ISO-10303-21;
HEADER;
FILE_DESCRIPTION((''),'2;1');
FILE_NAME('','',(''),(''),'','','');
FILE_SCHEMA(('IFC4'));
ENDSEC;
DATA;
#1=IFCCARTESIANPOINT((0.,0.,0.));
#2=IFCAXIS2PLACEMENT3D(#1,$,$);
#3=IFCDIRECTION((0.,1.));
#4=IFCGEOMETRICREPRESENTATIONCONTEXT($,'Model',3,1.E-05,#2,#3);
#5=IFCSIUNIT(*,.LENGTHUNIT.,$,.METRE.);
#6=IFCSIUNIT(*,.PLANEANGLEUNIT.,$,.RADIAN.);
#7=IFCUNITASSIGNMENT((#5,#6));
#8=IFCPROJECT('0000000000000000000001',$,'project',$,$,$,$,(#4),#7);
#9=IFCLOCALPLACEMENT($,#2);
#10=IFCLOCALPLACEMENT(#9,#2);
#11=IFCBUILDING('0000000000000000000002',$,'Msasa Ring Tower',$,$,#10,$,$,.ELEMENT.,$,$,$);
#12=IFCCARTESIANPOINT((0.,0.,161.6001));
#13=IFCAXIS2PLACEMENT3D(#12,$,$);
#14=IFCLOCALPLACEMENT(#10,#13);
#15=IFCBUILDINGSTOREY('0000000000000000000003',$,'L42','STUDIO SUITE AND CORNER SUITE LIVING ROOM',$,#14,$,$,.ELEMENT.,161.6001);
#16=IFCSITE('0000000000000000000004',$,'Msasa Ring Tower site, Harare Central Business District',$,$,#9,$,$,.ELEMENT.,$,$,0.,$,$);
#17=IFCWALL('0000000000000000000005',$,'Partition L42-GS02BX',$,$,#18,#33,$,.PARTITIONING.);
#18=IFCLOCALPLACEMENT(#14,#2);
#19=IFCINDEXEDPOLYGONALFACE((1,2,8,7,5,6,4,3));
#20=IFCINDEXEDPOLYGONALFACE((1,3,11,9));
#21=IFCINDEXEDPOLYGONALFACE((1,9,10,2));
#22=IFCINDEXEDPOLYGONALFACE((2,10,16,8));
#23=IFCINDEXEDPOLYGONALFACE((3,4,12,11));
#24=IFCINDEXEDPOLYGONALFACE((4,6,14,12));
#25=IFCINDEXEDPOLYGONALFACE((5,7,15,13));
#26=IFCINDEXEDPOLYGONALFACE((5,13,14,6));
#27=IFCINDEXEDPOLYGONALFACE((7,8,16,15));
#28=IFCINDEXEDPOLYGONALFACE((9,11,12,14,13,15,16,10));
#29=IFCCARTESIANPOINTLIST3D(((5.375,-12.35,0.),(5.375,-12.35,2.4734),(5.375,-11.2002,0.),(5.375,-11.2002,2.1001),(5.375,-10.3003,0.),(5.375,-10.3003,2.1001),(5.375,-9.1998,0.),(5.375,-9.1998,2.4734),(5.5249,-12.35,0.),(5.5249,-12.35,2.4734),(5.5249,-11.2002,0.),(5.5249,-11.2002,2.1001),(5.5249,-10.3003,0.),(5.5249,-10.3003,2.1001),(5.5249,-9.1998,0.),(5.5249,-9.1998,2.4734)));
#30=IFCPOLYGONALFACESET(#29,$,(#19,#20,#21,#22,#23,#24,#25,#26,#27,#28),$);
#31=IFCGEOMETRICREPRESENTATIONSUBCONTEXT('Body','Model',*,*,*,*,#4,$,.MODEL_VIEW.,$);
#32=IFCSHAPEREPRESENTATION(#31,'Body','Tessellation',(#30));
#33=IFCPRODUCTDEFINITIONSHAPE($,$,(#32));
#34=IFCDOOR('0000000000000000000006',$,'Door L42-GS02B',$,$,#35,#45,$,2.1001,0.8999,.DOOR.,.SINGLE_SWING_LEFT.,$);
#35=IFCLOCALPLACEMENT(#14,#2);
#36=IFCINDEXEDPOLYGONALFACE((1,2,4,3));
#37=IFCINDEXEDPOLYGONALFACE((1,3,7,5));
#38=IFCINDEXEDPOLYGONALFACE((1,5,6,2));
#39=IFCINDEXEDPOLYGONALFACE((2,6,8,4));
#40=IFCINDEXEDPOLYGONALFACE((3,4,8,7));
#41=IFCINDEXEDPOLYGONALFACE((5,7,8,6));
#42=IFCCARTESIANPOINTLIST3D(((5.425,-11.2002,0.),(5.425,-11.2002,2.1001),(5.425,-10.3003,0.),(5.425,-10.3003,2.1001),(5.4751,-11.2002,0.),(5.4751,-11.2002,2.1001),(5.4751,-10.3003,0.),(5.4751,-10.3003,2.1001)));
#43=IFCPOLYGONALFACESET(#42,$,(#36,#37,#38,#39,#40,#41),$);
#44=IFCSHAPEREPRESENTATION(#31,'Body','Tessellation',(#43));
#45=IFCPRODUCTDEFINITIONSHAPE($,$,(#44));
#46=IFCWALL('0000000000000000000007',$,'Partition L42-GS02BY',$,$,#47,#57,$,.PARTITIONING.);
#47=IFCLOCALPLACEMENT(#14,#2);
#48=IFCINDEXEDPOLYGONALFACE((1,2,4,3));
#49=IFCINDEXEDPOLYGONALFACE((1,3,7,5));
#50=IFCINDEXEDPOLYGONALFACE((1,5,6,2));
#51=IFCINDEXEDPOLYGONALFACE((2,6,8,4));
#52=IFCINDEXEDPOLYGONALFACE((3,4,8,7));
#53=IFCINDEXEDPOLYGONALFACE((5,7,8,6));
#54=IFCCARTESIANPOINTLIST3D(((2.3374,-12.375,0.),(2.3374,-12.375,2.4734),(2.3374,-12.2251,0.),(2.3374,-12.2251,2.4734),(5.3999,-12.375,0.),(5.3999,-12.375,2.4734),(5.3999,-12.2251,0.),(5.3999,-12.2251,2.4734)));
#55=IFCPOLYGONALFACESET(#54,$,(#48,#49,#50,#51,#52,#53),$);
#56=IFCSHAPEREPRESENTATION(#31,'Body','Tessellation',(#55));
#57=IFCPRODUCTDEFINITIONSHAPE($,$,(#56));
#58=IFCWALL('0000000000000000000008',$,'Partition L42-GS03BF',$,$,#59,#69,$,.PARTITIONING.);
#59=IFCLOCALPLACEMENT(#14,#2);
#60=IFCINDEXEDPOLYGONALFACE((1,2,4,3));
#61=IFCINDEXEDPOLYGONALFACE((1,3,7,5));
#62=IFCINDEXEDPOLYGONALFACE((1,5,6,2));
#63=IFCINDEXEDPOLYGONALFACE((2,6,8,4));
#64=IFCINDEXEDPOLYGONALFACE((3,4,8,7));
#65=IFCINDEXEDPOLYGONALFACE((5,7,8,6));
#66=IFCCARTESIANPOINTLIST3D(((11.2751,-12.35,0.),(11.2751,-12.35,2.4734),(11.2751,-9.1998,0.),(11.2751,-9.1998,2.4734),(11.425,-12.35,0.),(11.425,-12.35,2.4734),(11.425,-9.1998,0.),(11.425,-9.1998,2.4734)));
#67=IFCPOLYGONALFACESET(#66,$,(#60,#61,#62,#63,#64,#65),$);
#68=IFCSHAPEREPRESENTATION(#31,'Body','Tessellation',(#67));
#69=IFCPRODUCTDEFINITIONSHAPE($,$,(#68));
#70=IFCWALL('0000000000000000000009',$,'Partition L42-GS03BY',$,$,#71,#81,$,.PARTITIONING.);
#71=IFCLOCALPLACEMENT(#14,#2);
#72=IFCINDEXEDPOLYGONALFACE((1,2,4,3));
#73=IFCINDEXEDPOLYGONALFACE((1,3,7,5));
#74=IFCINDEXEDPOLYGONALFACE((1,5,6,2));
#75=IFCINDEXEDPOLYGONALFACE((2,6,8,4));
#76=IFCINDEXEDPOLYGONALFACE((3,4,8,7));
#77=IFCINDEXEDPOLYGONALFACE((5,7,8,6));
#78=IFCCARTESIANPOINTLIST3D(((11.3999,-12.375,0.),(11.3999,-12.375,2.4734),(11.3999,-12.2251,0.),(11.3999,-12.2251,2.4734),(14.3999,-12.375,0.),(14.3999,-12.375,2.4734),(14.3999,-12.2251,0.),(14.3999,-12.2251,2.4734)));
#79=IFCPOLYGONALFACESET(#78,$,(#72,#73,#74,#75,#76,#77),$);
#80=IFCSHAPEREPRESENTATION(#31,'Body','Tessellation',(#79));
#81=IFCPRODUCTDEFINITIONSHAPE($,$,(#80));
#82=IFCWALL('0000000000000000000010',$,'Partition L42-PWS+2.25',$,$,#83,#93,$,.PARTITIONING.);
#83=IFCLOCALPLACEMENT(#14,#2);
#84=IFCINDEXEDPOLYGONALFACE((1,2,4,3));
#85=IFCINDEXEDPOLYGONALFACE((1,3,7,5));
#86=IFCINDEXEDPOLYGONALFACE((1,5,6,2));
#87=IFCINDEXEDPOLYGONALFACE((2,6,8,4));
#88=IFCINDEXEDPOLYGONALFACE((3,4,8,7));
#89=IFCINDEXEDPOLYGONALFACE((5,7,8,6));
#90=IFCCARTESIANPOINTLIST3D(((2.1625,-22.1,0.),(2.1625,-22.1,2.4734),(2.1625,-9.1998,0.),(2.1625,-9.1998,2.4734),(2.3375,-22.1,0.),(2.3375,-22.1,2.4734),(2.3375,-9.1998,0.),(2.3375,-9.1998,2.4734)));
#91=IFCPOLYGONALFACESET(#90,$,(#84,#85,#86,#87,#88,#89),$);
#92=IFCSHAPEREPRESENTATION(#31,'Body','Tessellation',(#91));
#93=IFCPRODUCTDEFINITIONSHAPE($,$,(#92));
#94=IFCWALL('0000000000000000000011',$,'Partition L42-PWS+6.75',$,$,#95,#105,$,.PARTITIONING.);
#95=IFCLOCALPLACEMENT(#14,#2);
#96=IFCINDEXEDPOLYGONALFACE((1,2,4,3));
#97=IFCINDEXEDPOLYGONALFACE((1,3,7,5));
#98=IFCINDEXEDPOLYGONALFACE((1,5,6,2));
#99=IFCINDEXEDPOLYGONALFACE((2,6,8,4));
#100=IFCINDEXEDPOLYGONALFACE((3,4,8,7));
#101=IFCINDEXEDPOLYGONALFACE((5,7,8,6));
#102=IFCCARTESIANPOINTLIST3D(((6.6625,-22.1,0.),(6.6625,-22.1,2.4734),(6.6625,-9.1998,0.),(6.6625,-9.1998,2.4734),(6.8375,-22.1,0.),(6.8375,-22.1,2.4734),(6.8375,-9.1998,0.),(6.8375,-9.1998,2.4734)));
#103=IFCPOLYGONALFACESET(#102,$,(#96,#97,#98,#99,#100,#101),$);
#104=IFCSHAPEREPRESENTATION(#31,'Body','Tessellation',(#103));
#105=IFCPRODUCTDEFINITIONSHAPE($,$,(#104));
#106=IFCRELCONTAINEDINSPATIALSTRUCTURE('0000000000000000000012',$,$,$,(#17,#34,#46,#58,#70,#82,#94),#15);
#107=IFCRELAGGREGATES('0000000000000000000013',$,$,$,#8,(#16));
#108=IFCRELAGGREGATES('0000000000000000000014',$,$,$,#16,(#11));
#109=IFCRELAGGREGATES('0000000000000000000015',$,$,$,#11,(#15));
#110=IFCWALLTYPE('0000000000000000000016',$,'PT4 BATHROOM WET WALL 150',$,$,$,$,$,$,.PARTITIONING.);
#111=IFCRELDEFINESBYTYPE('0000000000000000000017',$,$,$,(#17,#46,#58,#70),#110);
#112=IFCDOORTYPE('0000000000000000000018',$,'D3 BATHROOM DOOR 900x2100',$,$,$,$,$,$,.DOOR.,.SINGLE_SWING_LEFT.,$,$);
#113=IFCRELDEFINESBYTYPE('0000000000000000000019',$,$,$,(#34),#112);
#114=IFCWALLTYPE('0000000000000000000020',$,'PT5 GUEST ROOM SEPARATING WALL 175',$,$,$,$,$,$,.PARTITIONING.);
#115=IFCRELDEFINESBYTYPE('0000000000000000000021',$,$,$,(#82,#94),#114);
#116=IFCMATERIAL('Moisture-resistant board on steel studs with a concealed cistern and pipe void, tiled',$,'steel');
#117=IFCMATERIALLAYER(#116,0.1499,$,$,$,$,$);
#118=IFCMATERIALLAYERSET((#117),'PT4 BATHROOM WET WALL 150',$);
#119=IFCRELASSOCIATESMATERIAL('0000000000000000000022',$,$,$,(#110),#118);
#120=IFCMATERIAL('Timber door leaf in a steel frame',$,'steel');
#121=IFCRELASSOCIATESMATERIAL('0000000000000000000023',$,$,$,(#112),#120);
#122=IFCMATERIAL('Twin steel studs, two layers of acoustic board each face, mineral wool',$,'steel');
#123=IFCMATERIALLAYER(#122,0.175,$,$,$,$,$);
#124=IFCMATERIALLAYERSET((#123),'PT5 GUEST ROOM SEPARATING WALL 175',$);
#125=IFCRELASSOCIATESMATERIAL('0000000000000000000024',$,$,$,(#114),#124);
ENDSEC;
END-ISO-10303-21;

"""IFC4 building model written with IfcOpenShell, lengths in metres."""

from ifc_helpers import new_model, si_unit, direction, frame, frame_2d, origin, place, context, subcontext, project, spatial, rectangle, extrude, material, layer, layer_set, type_object, element, fill, save


model = new_model("IFC4")

# Units and contexts
model_context = context("Model", 3, precision=1e-05, world=origin(), true_north=direction((0.0, 1.0)))
body_context = subcontext(model_context, "Body", "Model", "MODEL_VIEW")
ifc_project = project(units=[si_unit("LENGTHUNIT", "METRE"), si_unit("PLANEANGLEUNIT", "RADIAN")], contexts=[model_context])

# Site, building, storey
site_placement = place(None, origin())
site = spatial("IfcSite", under=ifc_project, at=site_placement, Name="Msasa Ring Tower site, Harare Central Business District", CompositionType="ELEMENT", RefElevation=0.0)
building_placement = place(site_placement, origin())
building = spatial("IfcBuilding", under=site, at=building_placement, Name="Msasa Ring Tower", CompositionType="ELEMENT")
storey_placement = place(building_placement, frame((0.0, 0.0, 161.6001)))
storey = spatial("IfcBuildingStorey", under=building, at=storey_placement, Name="L42", Description="STUDIO SUITE AND CORNER SUITE LIVING ROOM", CompositionType="ELEMENT", Elevation=161.6001)

# Wall, opening, door
ifc_material_1 = material(Name="Moisture-resistant board on steel studs with a concealed cistern and pipe void, tiled", Category="steel")
ifc_layer_1 = layer(ifc_material_1, 0.1499)
ifc_layer_set_1 = layer_set([ifc_layer_1], Name="PT4 BATHROOM WET WALL 150")
wall_type_1 = type_object("IfcWallType", Name="PT4 BATHROOM WET WALL 150", PredefinedType="PARTITIONING", material=ifc_layer_set_1)
ifc_material_2 = material(Name="Timber door leaf in a steel frame", Category="steel")
door_type = type_object("IfcDoorType", Name="D3 BATHROOM DOOR 900x2100", OperationType="SINGLE_SWING_LEFT", PredefinedType="DOOR", material=ifc_material_2)
wall_1_placement = place(storey_placement, frame((5.45, -12.3501, 0.0), z_axis=(0.0, 0.0, 1.0), x_axis=(0.0, 1.0, 0.0)))
wall_1 = element("IfcWall", 1, at=wall_1_placement, inside=storey, type_object=wall_type_1, Name="Partition L42-GS02BX", PredefinedType="PARTITIONING", context=body_context, shape_type="SweptSolid", body=[
    extrude(rectangle(XDim=3.1501, YDim=0.1499, at=frame_2d((1.5752, 0.0))), origin(), (0.0, 0.0, 1.0), 2.4734),
])
opening_1_placement = place(wall_1_placement, frame((1.1499, 0.0, 0.0)))
opening_1 = element("IfcOpeningElement", 2, at=opening_1_placement, cuts=wall_1, PredefinedType="OPENING", context=body_context, shape_type="SweptSolid", body=[
    extrude(rectangle(XDim=0.8999, YDim=2.1001, at=frame_2d((0.45, 1.05))), frame((0.0, 0.085, 0.0), z_axis=(0.0, -1.0, 0.0), x_axis=(1.0, 0.0, 0.0)), (0.0, 0.0, 1.0), 0.1699),
])
door_1_placement = place(opening_1_placement, origin())
door_1 = element("IfcDoor", 3, at=door_1_placement, inside=storey, type_object=door_type, Name="Door L42-GS02B", OperationType="SINGLE_SWING_LEFT", OverallHeight=2.1001, OverallWidth=0.8999, PredefinedType="DOOR", context=body_context, shape_type="SweptSolid", body=[
    extrude(rectangle(XDim=0.8999, YDim=2.1001, at=frame_2d((0.45, 1.05))), frame((0.0, 0.0249, 0.0), z_axis=(0.0, -1.0, 0.0), x_axis=(1.0, 0.0, 0.0)), (0.0, 0.0, 1.0), 0.05),
])
fill(opening_1, door_1)

# Walls
wall_2_placement = place(storey_placement, frame((2.3374, -12.3, 0.0), z_axis=(0.0, 0.0, 1.0), x_axis=(1.0, 0.0, 0.0)))
element("IfcWall", 4, at=wall_2_placement, inside=storey, type_object=wall_type_1, Name="Partition L42-GS02BY", PredefinedType="PARTITIONING", context=body_context, shape_type="SweptSolid", body=[
    extrude(rectangle(XDim=3.0625, YDim=0.1499, at=frame_2d((1.5312, 0.0))), origin(), (0.0, 0.0, 1.0), 2.4734),
])
wall_3_placement = place(storey_placement, frame((11.3501, -12.3501, 0.0), z_axis=(0.0, 0.0, 1.0), x_axis=(0.0, 1.0, 0.0)))
element("IfcWall", 5, at=wall_3_placement, inside=storey, type_object=wall_type_1, Name="Partition L42-GS03BF", PredefinedType="PARTITIONING", context=body_context, shape_type="SweptSolid", body=[
    extrude(rectangle(XDim=3.1501, YDim=0.1499, at=frame_2d((1.5752, 0.0))), origin(), (0.0, 0.0, 1.0), 2.4734),
])
wall_4_placement = place(storey_placement, frame((11.3999, -12.3, 0.0), z_axis=(0.0, 0.0, 1.0), x_axis=(1.0, 0.0, 0.0)))
element("IfcWall", 6, at=wall_4_placement, inside=storey, type_object=wall_type_1, Name="Partition L42-GS03BY", PredefinedType="PARTITIONING", context=body_context, shape_type="SweptSolid", body=[
    extrude(rectangle(XDim=3.0, YDim=0.1499, at=frame_2d((1.5, 0.0))), origin(), (0.0, 0.0, 1.0), 2.4734),
])
ifc_material_3 = material(Name="Twin steel studs, two layers of acoustic board each face, mineral wool", Category="steel")
ifc_layer_2 = layer(ifc_material_3, 0.175)
ifc_layer_set_2 = layer_set([ifc_layer_2], Name="PT5 GUEST ROOM SEPARATING WALL 175")
wall_type_2 = type_object("IfcWallType", Name="PT5 GUEST ROOM SEPARATING WALL 175", PredefinedType="PARTITIONING", material=ifc_layer_set_2)
for number, where, z_axis, x_axis, name in (
    (7, (2.25, -22.1001, 0.0), (0.0, 0.0, 1.0), (0.0, 1.0, 0.0), "Partition L42-PWS+2.25"),
    (8, (6.75, -22.1001, 0.0), (0.0, 0.0, 1.0), (0.0, 1.0, 0.0), "Partition L42-PWS+6.75"),
):
    element("IfcWall", number, at=place(storey_placement, frame(where, z_axis=z_axis, x_axis=x_axis)), inside=storey, type_object=wall_type_2, Name=name, PredefinedType="PARTITIONING", context=body_context, shape_type="SweptSolid", body=[
        extrude(rectangle(XDim=12.9001, YDim=0.175, at=frame_2d((6.4502, 0.0))), origin(), (0.0, 0.0, 1.0), 2.4734),
    ])

save(model, "model.ifc")
